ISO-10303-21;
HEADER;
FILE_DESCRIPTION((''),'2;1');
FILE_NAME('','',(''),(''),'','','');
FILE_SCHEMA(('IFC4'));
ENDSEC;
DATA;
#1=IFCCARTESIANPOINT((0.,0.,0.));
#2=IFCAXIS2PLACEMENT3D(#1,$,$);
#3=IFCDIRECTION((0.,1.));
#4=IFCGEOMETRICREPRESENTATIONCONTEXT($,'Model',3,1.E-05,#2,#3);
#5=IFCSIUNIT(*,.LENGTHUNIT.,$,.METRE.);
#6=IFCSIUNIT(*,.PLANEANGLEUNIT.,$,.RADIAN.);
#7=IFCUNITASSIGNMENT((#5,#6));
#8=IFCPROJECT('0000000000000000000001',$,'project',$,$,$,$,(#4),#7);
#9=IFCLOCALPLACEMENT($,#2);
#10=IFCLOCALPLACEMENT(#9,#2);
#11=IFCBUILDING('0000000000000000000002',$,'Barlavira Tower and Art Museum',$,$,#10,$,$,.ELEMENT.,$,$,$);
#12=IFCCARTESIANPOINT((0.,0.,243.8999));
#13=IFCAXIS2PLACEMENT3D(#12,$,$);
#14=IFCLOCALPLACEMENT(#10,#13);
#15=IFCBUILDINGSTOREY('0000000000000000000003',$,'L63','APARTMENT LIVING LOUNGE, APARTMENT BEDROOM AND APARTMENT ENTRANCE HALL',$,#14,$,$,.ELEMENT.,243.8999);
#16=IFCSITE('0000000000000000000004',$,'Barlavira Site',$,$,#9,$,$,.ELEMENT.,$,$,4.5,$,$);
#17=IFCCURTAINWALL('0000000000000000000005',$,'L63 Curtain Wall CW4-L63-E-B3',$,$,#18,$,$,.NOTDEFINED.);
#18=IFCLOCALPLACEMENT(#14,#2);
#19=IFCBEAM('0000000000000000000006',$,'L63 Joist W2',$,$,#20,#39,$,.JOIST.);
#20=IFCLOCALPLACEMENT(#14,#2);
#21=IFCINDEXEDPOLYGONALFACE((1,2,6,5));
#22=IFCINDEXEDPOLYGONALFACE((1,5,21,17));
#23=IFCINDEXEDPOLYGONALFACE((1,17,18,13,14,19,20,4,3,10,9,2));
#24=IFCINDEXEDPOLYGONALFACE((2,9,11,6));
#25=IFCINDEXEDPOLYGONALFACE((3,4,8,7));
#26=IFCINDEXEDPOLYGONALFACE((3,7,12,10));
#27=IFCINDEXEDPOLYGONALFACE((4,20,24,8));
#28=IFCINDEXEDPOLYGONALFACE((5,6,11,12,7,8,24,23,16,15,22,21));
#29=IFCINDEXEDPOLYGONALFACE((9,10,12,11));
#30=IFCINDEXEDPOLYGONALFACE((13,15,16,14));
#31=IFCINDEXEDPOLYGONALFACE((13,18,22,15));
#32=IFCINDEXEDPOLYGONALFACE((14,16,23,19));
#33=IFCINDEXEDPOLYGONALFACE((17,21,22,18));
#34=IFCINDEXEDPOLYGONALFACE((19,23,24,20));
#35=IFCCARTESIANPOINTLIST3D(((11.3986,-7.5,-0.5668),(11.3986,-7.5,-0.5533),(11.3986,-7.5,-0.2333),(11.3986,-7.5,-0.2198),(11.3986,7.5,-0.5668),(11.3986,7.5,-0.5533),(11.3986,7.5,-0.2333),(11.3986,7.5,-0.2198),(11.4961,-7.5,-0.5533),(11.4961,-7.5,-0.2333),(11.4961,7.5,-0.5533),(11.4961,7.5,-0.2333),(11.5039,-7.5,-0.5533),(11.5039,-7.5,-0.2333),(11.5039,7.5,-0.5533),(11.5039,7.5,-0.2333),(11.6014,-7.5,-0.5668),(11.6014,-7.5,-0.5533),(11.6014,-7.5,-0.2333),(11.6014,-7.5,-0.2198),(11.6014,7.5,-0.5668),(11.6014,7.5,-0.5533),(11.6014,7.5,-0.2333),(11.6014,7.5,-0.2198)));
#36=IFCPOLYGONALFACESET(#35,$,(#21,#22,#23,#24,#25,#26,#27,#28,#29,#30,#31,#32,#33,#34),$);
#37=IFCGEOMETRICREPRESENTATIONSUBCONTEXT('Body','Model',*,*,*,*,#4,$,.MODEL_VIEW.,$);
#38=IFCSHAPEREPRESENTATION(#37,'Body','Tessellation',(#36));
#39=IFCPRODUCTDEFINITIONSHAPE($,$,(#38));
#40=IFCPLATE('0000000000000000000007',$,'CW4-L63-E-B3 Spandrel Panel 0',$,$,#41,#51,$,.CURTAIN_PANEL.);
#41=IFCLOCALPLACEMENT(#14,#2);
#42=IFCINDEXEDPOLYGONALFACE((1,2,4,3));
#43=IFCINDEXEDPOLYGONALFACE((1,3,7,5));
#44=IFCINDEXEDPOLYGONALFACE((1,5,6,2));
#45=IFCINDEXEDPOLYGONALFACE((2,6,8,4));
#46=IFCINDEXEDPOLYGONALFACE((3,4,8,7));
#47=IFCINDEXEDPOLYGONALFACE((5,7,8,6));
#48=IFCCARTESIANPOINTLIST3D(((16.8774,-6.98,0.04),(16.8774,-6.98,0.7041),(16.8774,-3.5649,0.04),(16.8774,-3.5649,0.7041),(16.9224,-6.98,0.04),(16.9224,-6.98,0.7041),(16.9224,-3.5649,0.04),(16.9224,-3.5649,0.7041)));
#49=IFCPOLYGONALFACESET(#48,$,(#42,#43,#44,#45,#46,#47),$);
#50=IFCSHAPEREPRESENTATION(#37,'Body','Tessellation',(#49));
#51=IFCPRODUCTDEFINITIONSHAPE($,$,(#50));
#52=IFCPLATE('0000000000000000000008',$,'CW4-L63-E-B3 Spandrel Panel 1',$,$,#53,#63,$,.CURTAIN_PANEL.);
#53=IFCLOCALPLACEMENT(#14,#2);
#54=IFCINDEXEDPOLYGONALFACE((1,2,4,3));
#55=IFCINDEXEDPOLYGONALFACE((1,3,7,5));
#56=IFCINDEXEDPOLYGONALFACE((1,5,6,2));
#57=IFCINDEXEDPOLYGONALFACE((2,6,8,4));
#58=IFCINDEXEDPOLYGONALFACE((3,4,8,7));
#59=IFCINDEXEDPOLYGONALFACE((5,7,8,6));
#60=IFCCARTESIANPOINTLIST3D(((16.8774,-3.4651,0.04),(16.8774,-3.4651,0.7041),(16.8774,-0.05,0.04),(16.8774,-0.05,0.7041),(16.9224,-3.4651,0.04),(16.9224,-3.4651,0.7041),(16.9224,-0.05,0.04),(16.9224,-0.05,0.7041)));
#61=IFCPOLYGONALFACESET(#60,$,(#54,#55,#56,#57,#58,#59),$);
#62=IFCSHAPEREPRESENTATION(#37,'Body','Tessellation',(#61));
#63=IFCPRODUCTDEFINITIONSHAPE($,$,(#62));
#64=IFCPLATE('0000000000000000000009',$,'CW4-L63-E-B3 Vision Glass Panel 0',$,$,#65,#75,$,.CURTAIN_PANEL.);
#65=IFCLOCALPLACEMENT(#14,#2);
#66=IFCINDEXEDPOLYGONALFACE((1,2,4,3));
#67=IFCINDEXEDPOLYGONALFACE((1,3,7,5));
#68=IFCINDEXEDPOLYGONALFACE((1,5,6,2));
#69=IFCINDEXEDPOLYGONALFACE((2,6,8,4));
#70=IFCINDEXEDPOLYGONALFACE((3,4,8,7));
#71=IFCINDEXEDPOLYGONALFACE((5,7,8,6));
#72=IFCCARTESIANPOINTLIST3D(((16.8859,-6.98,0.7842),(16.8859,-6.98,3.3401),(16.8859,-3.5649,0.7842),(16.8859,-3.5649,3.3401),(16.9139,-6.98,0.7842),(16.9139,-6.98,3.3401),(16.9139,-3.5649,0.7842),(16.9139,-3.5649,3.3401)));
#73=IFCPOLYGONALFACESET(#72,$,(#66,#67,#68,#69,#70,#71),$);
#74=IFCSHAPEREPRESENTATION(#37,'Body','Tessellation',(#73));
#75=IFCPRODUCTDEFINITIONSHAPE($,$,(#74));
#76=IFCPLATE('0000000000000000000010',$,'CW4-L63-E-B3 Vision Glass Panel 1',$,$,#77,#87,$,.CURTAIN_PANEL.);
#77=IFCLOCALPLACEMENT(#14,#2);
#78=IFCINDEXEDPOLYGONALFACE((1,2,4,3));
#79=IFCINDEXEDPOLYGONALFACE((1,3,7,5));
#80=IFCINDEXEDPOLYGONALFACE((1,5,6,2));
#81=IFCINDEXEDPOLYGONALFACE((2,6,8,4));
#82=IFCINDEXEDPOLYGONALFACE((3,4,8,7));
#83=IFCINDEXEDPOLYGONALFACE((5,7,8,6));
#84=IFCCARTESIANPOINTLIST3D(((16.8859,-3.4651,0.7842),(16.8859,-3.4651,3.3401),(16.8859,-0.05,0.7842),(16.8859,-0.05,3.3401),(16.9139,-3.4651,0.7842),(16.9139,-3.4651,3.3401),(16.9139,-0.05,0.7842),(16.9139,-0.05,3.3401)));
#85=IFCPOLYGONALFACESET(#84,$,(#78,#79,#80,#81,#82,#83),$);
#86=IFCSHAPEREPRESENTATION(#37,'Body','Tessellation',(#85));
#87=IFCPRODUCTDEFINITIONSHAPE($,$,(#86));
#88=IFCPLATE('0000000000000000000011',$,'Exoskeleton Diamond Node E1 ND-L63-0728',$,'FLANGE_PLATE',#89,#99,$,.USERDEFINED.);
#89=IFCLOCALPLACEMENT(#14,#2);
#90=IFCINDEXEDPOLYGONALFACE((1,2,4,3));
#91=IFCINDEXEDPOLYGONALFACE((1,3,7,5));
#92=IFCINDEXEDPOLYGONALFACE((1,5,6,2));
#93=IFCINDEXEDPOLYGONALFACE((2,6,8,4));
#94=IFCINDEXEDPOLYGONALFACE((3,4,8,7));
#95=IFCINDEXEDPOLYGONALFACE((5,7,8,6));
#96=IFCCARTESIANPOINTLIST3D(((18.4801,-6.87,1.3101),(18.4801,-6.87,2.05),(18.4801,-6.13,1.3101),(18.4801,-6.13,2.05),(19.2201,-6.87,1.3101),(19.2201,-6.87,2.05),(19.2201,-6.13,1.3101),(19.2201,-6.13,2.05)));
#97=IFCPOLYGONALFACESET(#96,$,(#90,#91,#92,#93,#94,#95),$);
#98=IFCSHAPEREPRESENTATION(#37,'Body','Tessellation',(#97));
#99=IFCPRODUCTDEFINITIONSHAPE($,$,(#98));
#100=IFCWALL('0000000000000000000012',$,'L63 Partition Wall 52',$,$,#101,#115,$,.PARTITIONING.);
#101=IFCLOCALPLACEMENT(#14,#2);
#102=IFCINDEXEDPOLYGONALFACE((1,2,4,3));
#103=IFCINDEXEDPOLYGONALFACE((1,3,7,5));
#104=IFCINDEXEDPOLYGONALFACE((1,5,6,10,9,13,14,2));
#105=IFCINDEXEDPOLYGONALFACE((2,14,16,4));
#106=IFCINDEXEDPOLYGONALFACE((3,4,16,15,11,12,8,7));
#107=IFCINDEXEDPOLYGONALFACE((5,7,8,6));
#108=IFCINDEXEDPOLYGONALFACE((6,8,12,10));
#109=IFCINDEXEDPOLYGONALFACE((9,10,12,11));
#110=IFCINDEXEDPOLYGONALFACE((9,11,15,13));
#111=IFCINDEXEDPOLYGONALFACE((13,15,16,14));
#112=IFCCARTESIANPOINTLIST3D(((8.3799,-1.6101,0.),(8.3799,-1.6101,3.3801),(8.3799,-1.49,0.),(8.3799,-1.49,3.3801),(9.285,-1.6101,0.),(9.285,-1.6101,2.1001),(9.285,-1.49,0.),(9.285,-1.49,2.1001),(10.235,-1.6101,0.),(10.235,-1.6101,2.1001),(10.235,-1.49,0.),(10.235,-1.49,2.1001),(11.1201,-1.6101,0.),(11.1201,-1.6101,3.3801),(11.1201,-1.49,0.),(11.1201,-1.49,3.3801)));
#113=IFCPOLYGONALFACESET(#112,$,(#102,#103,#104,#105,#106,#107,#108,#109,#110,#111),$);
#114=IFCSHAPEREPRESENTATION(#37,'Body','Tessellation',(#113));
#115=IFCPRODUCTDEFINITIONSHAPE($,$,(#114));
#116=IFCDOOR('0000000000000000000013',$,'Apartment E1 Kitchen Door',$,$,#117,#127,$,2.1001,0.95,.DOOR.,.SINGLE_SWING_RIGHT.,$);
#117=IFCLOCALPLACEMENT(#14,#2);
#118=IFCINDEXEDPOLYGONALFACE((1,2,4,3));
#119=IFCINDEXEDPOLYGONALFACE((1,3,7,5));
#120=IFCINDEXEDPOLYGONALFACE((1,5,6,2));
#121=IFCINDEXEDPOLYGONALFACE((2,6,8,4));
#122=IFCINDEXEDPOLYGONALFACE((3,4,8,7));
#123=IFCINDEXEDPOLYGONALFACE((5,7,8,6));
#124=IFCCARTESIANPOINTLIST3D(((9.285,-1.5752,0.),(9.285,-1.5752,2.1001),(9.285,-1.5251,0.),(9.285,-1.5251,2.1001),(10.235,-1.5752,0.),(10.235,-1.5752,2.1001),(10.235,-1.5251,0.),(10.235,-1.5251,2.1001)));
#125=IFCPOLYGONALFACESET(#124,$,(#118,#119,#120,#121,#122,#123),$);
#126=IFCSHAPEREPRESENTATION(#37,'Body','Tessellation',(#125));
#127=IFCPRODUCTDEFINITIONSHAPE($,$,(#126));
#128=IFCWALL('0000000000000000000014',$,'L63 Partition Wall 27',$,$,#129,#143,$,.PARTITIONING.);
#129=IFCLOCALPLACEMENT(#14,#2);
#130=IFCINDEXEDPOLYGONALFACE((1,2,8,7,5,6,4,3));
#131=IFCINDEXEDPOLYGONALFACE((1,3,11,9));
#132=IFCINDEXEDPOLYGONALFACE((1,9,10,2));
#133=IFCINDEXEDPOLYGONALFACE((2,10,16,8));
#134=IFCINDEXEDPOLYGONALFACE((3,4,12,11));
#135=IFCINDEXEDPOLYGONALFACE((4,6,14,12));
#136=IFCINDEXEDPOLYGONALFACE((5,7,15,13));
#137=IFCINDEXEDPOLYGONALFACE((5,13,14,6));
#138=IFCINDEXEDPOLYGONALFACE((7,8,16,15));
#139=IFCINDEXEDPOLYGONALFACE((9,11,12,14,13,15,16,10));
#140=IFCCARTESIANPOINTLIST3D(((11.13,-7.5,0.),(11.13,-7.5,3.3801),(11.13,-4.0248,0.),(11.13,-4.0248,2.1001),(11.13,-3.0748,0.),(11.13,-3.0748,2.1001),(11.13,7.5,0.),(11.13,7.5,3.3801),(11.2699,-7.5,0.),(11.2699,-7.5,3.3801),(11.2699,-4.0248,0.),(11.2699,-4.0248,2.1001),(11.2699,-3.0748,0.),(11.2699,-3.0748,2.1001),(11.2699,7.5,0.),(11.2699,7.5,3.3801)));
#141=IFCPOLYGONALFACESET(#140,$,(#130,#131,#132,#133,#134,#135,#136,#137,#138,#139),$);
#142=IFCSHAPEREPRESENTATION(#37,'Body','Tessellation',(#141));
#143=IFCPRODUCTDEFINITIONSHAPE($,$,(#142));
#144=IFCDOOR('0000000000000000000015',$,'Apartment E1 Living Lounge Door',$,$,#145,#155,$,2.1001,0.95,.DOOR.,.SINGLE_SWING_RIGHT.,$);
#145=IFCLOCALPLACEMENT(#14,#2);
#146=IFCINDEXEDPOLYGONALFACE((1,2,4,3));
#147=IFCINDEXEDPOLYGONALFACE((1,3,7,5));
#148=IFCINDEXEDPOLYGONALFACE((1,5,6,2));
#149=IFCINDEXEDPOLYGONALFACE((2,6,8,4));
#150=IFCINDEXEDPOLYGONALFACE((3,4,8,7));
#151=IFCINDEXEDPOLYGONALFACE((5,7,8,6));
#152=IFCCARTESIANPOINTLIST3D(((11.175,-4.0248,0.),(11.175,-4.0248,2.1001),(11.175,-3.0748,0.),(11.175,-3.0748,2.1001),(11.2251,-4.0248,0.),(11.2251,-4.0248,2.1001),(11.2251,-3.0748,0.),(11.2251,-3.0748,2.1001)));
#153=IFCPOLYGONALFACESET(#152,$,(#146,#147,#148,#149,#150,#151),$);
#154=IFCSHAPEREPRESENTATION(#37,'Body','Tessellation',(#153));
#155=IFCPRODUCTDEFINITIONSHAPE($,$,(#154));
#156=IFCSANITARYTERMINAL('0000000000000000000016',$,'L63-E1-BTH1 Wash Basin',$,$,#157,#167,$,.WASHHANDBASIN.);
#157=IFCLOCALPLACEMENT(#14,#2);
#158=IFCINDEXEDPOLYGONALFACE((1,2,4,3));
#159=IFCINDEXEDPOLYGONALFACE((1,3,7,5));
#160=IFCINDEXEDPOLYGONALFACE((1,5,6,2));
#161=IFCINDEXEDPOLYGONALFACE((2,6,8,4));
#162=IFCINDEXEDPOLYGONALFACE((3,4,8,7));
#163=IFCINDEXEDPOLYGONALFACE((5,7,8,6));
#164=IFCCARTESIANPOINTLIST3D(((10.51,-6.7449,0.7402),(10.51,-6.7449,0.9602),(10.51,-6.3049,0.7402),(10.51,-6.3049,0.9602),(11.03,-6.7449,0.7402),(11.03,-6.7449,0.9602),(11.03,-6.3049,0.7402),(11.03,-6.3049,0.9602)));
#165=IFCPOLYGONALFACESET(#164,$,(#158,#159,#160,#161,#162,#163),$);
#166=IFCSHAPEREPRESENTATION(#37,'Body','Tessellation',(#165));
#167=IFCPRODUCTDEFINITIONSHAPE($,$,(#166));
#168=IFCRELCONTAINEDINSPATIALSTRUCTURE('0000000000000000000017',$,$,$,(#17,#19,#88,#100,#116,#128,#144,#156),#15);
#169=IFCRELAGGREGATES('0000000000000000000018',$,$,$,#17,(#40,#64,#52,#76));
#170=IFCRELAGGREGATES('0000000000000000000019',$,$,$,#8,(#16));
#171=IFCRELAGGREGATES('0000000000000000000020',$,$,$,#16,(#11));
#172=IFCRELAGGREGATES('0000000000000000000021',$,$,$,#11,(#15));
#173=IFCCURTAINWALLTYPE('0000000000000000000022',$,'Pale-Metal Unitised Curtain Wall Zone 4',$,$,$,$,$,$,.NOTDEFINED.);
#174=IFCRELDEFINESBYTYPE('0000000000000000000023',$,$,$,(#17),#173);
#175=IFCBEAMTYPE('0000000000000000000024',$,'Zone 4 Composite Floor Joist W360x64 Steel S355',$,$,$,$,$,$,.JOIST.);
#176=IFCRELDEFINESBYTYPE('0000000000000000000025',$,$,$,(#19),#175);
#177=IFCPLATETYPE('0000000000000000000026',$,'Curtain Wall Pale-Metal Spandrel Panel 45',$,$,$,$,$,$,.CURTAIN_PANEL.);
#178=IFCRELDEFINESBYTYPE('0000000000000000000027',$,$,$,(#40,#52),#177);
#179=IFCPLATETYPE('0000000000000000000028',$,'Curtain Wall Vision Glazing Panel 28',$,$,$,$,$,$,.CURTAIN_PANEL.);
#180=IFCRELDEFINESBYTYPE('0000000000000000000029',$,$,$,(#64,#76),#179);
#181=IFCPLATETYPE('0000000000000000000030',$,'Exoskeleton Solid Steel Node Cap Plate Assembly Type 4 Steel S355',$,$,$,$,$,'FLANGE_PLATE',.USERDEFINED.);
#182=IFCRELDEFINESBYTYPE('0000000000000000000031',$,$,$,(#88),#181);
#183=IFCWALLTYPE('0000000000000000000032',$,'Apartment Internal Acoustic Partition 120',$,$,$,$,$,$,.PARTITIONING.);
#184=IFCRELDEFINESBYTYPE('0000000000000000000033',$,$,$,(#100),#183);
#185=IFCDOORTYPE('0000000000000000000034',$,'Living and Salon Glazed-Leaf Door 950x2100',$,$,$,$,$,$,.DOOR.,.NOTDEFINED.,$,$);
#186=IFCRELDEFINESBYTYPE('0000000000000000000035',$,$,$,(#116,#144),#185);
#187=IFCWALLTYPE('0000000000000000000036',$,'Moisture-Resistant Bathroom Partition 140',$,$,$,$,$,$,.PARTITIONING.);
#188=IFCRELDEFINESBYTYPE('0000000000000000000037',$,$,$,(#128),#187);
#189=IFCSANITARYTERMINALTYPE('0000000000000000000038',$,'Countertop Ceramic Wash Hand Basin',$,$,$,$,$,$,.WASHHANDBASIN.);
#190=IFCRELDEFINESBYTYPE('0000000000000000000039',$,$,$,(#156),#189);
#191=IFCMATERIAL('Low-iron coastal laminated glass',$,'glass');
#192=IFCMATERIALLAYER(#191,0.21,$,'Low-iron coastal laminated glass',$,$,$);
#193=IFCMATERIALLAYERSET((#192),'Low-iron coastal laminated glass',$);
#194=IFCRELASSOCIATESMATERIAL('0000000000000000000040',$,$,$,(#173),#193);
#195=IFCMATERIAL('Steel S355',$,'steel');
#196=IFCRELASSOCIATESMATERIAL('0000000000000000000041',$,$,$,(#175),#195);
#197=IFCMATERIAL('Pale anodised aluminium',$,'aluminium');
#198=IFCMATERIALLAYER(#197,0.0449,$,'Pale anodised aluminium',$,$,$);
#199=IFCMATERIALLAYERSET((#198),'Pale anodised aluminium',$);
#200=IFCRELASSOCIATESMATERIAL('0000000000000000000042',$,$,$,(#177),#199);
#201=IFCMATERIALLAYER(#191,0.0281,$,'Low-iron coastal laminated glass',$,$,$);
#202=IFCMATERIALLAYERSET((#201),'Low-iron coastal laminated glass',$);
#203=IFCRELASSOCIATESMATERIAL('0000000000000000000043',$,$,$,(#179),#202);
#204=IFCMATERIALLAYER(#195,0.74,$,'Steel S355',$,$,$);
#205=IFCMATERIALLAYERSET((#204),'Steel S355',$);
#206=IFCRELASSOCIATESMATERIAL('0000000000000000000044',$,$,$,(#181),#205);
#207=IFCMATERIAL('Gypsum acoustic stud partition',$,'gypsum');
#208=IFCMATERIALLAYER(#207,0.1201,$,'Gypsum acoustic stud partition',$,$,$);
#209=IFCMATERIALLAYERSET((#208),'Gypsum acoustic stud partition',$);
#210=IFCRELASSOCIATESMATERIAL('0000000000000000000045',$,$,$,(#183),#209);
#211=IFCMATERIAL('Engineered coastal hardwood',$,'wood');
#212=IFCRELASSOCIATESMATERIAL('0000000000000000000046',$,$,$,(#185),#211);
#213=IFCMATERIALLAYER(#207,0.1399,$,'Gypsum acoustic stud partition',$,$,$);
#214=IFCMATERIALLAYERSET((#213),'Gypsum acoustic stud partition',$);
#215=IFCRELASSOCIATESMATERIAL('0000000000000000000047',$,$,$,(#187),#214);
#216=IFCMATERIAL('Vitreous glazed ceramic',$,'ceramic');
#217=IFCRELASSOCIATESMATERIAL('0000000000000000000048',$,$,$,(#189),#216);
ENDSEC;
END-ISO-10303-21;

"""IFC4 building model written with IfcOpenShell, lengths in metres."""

from ifc_helpers import new_model, si_unit, direction, frame, frame_2d, origin, origin_2d, place, context, subcontext, project, spatial, rectangle, i_section, extrude, material, layer, layer_set, material_profile, profile_set, type_object, element, fill, aggregate, save


model = new_model("IFC4")

# Units and contexts
model_context = context("Model", 3, precision=1e-05, world=origin(), true_north=direction((0.0, 1.0)))
body_context = subcontext(model_context, "Body", "Model", "MODEL_VIEW")
ifc_project = project(units=[si_unit("LENGTHUNIT", "METRE"), si_unit("PLANEANGLEUNIT", "RADIAN")], contexts=[model_context])

# Site, building, storey
site_placement = place(None, origin())
site = spatial("IfcSite", under=ifc_project, at=site_placement, Name="Barlavira Site", CompositionType="ELEMENT", RefElevation=4.5)
building_placement = place(site_placement, origin())
building = spatial("IfcBuilding", under=site, at=building_placement, Name="Barlavira Tower and Art Museum", CompositionType="ELEMENT")
storey_placement = place(building_placement, frame((0.0, 0.0, 243.8999)))
storey = spatial("IfcBuildingStorey", under=building, at=storey_placement, Name="L63", Description="APARTMENT LIVING LOUNGE, APARTMENT BEDROOM AND APARTMENT ENTRANCE HALL", CompositionType="ELEMENT", Elevation=243.8999)

# Curtain wall
ifc_material_1 = material(Name="Low-iron coastal laminated glass", Category="glass")
ifc_layer_1 = layer(ifc_material_1, 0.21, Name="Low-iron coastal laminated glass")
ifc_layer_set_1 = layer_set([ifc_layer_1], Name="Low-iron coastal laminated glass")
curtain_wall_type = type_object("IfcCurtainWallType", Name="Pale-Metal Unitised Curtain Wall Zone 4", PredefinedType="NOTDEFINED", material=ifc_layer_set_1)
curtain_wall_placement = place(storey_placement, origin())
curtain_wall = element("IfcCurtainWall", 1, at=curtain_wall_placement, inside=storey, type_object=curtain_wall_type, Name="L63 Curtain Wall CW4-L63-E-B3", PredefinedType="NOTDEFINED")
ifc_material_2 = material(Name="Pale anodised aluminium", Category="aluminium")

# Beam
ifc_material_3 = material(Name="Steel S355", Category="steel")
ifc_material_profile_1 = material_profile(ifc_material_3, i_section(OverallWidth=0.2029, OverallDepth=0.3469, WebThickness=0.0078, FlangeThickness=0.0134, at=origin_2d()), Name="W360x64.0")
ifc_profile_set_1 = profile_set([ifc_material_profile_1], Name="Steel S355")
beam_type_1 = type_object("IfcBeamType", Name="Zone 4 Composite Floor Joist W360x64 Steel S355", PredefinedType="JOIST", material=ifc_profile_set_1)
beam_1_placement = place(storey_placement, frame((11.5, -7.5, -0.3933), z_axis=(0.0, 1.0, 0.0), x_axis=(-1.0, 0.0, 0.0)))
element("IfcBeam", 2, at=beam_1_placement, inside=storey, type_object=beam_type_1, Name="L63 Joist W2", PredefinedType="JOIST", context=body_context, shape_type="SweptSolid", body=[
    extrude(i_section(OverallWidth=0.2029, OverallDepth=0.3469, WebThickness=0.0078, FlangeThickness=0.0134, at=origin_2d()), origin(), (0.0, 0.0, 1.0), 15.0),
])

# Plates
ifc_layer_2 = layer(ifc_material_2, 0.0449, Name="Pale anodised aluminium")
ifc_layer_set_2 = layer_set([ifc_layer_2], Name="Pale anodised aluminium")
plate_type_1 = type_object("IfcPlateType", Name="Curtain Wall Pale-Metal Spandrel Panel 45", PredefinedType="CURTAIN_PANEL", material=ifc_layer_set_2)
plate_1_placement = place(storey_placement, frame((16.8999, -5.2725, 0.04), z_axis=(0.0, 0.0, 1.0), x_axis=(0.0, 1.0, 0.0)))
plate_1 = element("IfcPlate", 3, at=plate_1_placement, type_object=plate_type_1, Name="CW4-L63-E-B3 Spandrel Panel 0", PredefinedType="CURTAIN_PANEL", context=body_context, shape_type="SweptSolid", body=[
    extrude(rectangle(XDim=3.415, YDim=0.0449, at=origin_2d()), origin(), (0.0, 0.0, 1.0), 0.6641),
])
plate_2_placement = place(storey_placement, frame((16.8999, -1.7576, 0.04), z_axis=(0.0, 0.0, 1.0), x_axis=(0.0, 1.0, 0.0)))
plate_2 = element("IfcPlate", 4, at=plate_2_placement, type_object=plate_type_1, Name="CW4-L63-E-B3 Spandrel Panel 1", PredefinedType="CURTAIN_PANEL", context=body_context, shape_type="SweptSolid", body=[
    extrude(rectangle(XDim=3.415, YDim=0.0449, at=origin_2d()), origin(), (0.0, 0.0, 1.0), 0.6641),
])
ifc_layer_3 = layer(ifc_material_1, 0.0281, Name="Low-iron coastal laminated glass")
ifc_layer_set_3 = layer_set([ifc_layer_3], Name="Low-iron coastal laminated glass")
plate_type_2 = type_object("IfcPlateType", Name="Curtain Wall Vision Glazing Panel 28", PredefinedType="CURTAIN_PANEL", material=ifc_layer_set_3)
plate_3_placement = place(storey_placement, frame((16.8999, -5.2725, 0.7842), z_axis=(0.0, 0.0, 1.0), x_axis=(0.0, 1.0, 0.0)))
plate_3 = element("IfcPlate", 5, at=plate_3_placement, type_object=plate_type_2, Name="CW4-L63-E-B3 Vision Glass Panel 0", PredefinedType="CURTAIN_PANEL", context=body_context, shape_type="SweptSolid", body=[
    extrude(rectangle(XDim=3.415, YDim=0.0281, at=origin_2d()), origin(), (0.0, 0.0, 1.0), 2.5559),
])
plate_4_placement = place(storey_placement, frame((16.8999, -1.7576, 0.7842), z_axis=(0.0, 0.0, 1.0), x_axis=(0.0, 1.0, 0.0)))
plate_4 = element("IfcPlate", 6, at=plate_4_placement, type_object=plate_type_2, Name="CW4-L63-E-B3 Vision Glass Panel 1", PredefinedType="CURTAIN_PANEL", context=body_context, shape_type="SweptSolid", body=[
    extrude(rectangle(XDim=3.415, YDim=0.0281, at=origin_2d()), origin(), (0.0, 0.0, 1.0), 2.5559),
])
aggregate(curtain_wall, [plate_1, plate_3, plate_2, plate_4])
ifc_layer_4 = layer(ifc_material_3, 0.74, Name="Steel S355")
ifc_layer_set_4 = layer_set([ifc_layer_4], Name="Steel S355")
plate_type_3 = type_object("IfcPlateType", Name="Exoskeleton Solid Steel Node Cap Plate Assembly Type 4 Steel S355", ElementType="FLANGE_PLATE", PredefinedType="USERDEFINED", material=ifc_layer_set_4)
plate_5_placement = place(storey_placement, frame((18.8501, -6.5, 1.3101), z_axis=(0.0, 0.0, 1.0), x_axis=(1.0, 0.0, 0.0)))
element("IfcPlate", 7, at=plate_5_placement, inside=storey, type_object=plate_type_3, Name="Exoskeleton Diamond Node E1 ND-L63-0728", ObjectType="FLANGE_PLATE", PredefinedType="USERDEFINED", context=body_context, shape_type="SweptSolid", body=[
    extrude(rectangle(XDim=0.74, YDim=0.74, at=origin_2d()), origin(), (0.0, 0.0, 1.0), 0.74),
])

# Wall, opening, door
ifc_material_4 = material(Name="Gypsum acoustic stud partition", Category="gypsum")
ifc_layer_5 = layer(ifc_material_4, 0.1201, Name="Gypsum acoustic stud partition")
ifc_layer_set_5 = layer_set([ifc_layer_5], Name="Gypsum acoustic stud partition")
wall_type_1 = type_object("IfcWallType", Name="Apartment Internal Acoustic Partition 120", PredefinedType="PARTITIONING", material=ifc_layer_set_5)
wall_1_placement = place(storey_placement, frame((8.3799, -1.55, 0.0), z_axis=(0.0, 0.0, 1.0), x_axis=(1.0, 0.0, 0.0)))
wall_1 = element("IfcWall", 8, at=wall_1_placement, inside=storey, type_object=wall_type_1, Name="L63 Partition Wall 52", PredefinedType="PARTITIONING", context=body_context, shape_type="SweptSolid", body=[
    extrude(rectangle(XDim=2.7402, YDim=0.1201, at=frame_2d((1.3701, 0.0))), origin(), (0.0, 0.0, 1.0), 3.3801),
])
opening_1_placement = place(wall_1_placement, frame((0.905, 0.0, 0.0)))
opening_1 = element("IfcOpeningElement", 9, at=opening_1_placement, cuts=wall_1, PredefinedType="OPENING", context=body_context, shape_type="SweptSolid", body=[
    extrude(rectangle(XDim=0.95, YDim=2.1001, at=frame_2d((0.4751, 1.05))), frame((0.0, 0.0701, 0.0), z_axis=(0.0, -1.0, 0.0), x_axis=(1.0, 0.0, 0.0)), (0.0, 0.0, 1.0), 0.1401),
])
ifc_material_5 = material(Name="Engineered coastal hardwood", Category="wood")
door_type = type_object("IfcDoorType", Name="Living and Salon Glazed-Leaf Door 950x2100", OperationType="NOTDEFINED", PredefinedType="DOOR", material=ifc_material_5)
door_1_placement = place(opening_1_placement, origin())
door_1 = element("IfcDoor", 10, at=door_1_placement, inside=storey, type_object=door_type, Name="Apartment E1 Kitchen Door", OperationType="SINGLE_SWING_RIGHT", OverallHeight=2.1001, OverallWidth=0.95, PredefinedType="DOOR", context=body_context, shape_type="SweptSolid", body=[
    extrude(rectangle(XDim=0.95, YDim=2.1001, at=frame_2d((0.4751, 1.05))), frame((0.0, 0.0249, 0.0), z_axis=(0.0, -1.0, 0.0), x_axis=(1.0, 0.0, 0.0)), (0.0, 0.0, 1.0), 0.05),
])
fill(opening_1, door_1)

# Wall, opening, door
ifc_layer_6 = layer(ifc_material_4, 0.1399, Name="Gypsum acoustic stud partition")
ifc_layer_set_6 = layer_set([ifc_layer_6], Name="Gypsum acoustic stud partition")
wall_type_2 = type_object("IfcWallType", Name="Moisture-Resistant Bathroom Partition 140", PredefinedType="PARTITIONING", material=ifc_layer_set_6)
wall_2_placement = place(storey_placement, frame((11.2, -7.5, 0.0), z_axis=(0.0, 0.0, 1.0), x_axis=(0.0, 1.0, 0.0)))
wall_2 = element("IfcWall", 11, at=wall_2_placement, inside=storey, type_object=wall_type_2, Name="L63 Partition Wall 27", PredefinedType="PARTITIONING", context=body_context, shape_type="SweptSolid", body=[
    extrude(rectangle(XDim=15.0, YDim=0.1399, at=frame_2d((7.5, 0.0))), origin(), (0.0, 0.0, 1.0), 3.3801),
])
opening_2_placement = place(wall_2_placement, frame((3.4751, 0.0, 0.0)))
opening_2 = element("IfcOpeningElement", 12, at=opening_2_placement, cuts=wall_2, PredefinedType="OPENING", context=body_context, shape_type="SweptSolid", body=[
    extrude(rectangle(XDim=0.95, YDim=2.1001, at=frame_2d((0.4751, 1.05))), frame((0.0, 0.0801, 0.0), z_axis=(0.0, -1.0, 0.0), x_axis=(1.0, 0.0, 0.0)), (0.0, 0.0, 1.0), 0.1599),
])
door_2_placement = place(opening_2_placement, origin())
door_2 = element("IfcDoor", 13, at=door_2_placement, inside=storey, type_object=door_type, Name="Apartment E1 Living Lounge Door", OperationType="SINGLE_SWING_RIGHT", OverallHeight=2.1001, OverallWidth=0.95, PredefinedType="DOOR", context=body_context, shape_type="SweptSolid", body=[
    extrude(rectangle(XDim=0.95, YDim=2.1001, at=frame_2d((0.4751, 1.05))), frame((0.0, 0.0249, 0.0), z_axis=(0.0, -1.0, 0.0), x_axis=(1.0, 0.0, 0.0)), (0.0, 0.0, 1.0), 0.05),
])
fill(opening_2, door_2)

# Sanitary terminal
ifc_material_6 = material(Name="Vitreous glazed ceramic", Category="ceramic")
sanitary_terminal_type_1 = type_object("IfcSanitaryTerminalType", Name="Countertop Ceramic Wash Hand Basin", PredefinedType="WASHHANDBASIN", material=ifc_material_6)
sanitary_terminal_1_placement = place(storey_placement, frame((10.77, -6.5249, 0.7402), z_axis=(0.0, 0.0, 1.0), x_axis=(1.0, 0.0, 0.0)))
element("IfcSanitaryTerminal", 14, at=sanitary_terminal_1_placement, inside=storey, type_object=sanitary_terminal_type_1, Name="L63-E1-BTH1 Wash Basin", PredefinedType="WASHHANDBASIN", context=body_context, shape_type="SweptSolid", body=[
    extrude(rectangle(XDim=0.52, YDim=0.4399, at=origin_2d()), origin(), (0.0, 0.0, 1.0), 0.22),
])

save(model, "model.ifc")
